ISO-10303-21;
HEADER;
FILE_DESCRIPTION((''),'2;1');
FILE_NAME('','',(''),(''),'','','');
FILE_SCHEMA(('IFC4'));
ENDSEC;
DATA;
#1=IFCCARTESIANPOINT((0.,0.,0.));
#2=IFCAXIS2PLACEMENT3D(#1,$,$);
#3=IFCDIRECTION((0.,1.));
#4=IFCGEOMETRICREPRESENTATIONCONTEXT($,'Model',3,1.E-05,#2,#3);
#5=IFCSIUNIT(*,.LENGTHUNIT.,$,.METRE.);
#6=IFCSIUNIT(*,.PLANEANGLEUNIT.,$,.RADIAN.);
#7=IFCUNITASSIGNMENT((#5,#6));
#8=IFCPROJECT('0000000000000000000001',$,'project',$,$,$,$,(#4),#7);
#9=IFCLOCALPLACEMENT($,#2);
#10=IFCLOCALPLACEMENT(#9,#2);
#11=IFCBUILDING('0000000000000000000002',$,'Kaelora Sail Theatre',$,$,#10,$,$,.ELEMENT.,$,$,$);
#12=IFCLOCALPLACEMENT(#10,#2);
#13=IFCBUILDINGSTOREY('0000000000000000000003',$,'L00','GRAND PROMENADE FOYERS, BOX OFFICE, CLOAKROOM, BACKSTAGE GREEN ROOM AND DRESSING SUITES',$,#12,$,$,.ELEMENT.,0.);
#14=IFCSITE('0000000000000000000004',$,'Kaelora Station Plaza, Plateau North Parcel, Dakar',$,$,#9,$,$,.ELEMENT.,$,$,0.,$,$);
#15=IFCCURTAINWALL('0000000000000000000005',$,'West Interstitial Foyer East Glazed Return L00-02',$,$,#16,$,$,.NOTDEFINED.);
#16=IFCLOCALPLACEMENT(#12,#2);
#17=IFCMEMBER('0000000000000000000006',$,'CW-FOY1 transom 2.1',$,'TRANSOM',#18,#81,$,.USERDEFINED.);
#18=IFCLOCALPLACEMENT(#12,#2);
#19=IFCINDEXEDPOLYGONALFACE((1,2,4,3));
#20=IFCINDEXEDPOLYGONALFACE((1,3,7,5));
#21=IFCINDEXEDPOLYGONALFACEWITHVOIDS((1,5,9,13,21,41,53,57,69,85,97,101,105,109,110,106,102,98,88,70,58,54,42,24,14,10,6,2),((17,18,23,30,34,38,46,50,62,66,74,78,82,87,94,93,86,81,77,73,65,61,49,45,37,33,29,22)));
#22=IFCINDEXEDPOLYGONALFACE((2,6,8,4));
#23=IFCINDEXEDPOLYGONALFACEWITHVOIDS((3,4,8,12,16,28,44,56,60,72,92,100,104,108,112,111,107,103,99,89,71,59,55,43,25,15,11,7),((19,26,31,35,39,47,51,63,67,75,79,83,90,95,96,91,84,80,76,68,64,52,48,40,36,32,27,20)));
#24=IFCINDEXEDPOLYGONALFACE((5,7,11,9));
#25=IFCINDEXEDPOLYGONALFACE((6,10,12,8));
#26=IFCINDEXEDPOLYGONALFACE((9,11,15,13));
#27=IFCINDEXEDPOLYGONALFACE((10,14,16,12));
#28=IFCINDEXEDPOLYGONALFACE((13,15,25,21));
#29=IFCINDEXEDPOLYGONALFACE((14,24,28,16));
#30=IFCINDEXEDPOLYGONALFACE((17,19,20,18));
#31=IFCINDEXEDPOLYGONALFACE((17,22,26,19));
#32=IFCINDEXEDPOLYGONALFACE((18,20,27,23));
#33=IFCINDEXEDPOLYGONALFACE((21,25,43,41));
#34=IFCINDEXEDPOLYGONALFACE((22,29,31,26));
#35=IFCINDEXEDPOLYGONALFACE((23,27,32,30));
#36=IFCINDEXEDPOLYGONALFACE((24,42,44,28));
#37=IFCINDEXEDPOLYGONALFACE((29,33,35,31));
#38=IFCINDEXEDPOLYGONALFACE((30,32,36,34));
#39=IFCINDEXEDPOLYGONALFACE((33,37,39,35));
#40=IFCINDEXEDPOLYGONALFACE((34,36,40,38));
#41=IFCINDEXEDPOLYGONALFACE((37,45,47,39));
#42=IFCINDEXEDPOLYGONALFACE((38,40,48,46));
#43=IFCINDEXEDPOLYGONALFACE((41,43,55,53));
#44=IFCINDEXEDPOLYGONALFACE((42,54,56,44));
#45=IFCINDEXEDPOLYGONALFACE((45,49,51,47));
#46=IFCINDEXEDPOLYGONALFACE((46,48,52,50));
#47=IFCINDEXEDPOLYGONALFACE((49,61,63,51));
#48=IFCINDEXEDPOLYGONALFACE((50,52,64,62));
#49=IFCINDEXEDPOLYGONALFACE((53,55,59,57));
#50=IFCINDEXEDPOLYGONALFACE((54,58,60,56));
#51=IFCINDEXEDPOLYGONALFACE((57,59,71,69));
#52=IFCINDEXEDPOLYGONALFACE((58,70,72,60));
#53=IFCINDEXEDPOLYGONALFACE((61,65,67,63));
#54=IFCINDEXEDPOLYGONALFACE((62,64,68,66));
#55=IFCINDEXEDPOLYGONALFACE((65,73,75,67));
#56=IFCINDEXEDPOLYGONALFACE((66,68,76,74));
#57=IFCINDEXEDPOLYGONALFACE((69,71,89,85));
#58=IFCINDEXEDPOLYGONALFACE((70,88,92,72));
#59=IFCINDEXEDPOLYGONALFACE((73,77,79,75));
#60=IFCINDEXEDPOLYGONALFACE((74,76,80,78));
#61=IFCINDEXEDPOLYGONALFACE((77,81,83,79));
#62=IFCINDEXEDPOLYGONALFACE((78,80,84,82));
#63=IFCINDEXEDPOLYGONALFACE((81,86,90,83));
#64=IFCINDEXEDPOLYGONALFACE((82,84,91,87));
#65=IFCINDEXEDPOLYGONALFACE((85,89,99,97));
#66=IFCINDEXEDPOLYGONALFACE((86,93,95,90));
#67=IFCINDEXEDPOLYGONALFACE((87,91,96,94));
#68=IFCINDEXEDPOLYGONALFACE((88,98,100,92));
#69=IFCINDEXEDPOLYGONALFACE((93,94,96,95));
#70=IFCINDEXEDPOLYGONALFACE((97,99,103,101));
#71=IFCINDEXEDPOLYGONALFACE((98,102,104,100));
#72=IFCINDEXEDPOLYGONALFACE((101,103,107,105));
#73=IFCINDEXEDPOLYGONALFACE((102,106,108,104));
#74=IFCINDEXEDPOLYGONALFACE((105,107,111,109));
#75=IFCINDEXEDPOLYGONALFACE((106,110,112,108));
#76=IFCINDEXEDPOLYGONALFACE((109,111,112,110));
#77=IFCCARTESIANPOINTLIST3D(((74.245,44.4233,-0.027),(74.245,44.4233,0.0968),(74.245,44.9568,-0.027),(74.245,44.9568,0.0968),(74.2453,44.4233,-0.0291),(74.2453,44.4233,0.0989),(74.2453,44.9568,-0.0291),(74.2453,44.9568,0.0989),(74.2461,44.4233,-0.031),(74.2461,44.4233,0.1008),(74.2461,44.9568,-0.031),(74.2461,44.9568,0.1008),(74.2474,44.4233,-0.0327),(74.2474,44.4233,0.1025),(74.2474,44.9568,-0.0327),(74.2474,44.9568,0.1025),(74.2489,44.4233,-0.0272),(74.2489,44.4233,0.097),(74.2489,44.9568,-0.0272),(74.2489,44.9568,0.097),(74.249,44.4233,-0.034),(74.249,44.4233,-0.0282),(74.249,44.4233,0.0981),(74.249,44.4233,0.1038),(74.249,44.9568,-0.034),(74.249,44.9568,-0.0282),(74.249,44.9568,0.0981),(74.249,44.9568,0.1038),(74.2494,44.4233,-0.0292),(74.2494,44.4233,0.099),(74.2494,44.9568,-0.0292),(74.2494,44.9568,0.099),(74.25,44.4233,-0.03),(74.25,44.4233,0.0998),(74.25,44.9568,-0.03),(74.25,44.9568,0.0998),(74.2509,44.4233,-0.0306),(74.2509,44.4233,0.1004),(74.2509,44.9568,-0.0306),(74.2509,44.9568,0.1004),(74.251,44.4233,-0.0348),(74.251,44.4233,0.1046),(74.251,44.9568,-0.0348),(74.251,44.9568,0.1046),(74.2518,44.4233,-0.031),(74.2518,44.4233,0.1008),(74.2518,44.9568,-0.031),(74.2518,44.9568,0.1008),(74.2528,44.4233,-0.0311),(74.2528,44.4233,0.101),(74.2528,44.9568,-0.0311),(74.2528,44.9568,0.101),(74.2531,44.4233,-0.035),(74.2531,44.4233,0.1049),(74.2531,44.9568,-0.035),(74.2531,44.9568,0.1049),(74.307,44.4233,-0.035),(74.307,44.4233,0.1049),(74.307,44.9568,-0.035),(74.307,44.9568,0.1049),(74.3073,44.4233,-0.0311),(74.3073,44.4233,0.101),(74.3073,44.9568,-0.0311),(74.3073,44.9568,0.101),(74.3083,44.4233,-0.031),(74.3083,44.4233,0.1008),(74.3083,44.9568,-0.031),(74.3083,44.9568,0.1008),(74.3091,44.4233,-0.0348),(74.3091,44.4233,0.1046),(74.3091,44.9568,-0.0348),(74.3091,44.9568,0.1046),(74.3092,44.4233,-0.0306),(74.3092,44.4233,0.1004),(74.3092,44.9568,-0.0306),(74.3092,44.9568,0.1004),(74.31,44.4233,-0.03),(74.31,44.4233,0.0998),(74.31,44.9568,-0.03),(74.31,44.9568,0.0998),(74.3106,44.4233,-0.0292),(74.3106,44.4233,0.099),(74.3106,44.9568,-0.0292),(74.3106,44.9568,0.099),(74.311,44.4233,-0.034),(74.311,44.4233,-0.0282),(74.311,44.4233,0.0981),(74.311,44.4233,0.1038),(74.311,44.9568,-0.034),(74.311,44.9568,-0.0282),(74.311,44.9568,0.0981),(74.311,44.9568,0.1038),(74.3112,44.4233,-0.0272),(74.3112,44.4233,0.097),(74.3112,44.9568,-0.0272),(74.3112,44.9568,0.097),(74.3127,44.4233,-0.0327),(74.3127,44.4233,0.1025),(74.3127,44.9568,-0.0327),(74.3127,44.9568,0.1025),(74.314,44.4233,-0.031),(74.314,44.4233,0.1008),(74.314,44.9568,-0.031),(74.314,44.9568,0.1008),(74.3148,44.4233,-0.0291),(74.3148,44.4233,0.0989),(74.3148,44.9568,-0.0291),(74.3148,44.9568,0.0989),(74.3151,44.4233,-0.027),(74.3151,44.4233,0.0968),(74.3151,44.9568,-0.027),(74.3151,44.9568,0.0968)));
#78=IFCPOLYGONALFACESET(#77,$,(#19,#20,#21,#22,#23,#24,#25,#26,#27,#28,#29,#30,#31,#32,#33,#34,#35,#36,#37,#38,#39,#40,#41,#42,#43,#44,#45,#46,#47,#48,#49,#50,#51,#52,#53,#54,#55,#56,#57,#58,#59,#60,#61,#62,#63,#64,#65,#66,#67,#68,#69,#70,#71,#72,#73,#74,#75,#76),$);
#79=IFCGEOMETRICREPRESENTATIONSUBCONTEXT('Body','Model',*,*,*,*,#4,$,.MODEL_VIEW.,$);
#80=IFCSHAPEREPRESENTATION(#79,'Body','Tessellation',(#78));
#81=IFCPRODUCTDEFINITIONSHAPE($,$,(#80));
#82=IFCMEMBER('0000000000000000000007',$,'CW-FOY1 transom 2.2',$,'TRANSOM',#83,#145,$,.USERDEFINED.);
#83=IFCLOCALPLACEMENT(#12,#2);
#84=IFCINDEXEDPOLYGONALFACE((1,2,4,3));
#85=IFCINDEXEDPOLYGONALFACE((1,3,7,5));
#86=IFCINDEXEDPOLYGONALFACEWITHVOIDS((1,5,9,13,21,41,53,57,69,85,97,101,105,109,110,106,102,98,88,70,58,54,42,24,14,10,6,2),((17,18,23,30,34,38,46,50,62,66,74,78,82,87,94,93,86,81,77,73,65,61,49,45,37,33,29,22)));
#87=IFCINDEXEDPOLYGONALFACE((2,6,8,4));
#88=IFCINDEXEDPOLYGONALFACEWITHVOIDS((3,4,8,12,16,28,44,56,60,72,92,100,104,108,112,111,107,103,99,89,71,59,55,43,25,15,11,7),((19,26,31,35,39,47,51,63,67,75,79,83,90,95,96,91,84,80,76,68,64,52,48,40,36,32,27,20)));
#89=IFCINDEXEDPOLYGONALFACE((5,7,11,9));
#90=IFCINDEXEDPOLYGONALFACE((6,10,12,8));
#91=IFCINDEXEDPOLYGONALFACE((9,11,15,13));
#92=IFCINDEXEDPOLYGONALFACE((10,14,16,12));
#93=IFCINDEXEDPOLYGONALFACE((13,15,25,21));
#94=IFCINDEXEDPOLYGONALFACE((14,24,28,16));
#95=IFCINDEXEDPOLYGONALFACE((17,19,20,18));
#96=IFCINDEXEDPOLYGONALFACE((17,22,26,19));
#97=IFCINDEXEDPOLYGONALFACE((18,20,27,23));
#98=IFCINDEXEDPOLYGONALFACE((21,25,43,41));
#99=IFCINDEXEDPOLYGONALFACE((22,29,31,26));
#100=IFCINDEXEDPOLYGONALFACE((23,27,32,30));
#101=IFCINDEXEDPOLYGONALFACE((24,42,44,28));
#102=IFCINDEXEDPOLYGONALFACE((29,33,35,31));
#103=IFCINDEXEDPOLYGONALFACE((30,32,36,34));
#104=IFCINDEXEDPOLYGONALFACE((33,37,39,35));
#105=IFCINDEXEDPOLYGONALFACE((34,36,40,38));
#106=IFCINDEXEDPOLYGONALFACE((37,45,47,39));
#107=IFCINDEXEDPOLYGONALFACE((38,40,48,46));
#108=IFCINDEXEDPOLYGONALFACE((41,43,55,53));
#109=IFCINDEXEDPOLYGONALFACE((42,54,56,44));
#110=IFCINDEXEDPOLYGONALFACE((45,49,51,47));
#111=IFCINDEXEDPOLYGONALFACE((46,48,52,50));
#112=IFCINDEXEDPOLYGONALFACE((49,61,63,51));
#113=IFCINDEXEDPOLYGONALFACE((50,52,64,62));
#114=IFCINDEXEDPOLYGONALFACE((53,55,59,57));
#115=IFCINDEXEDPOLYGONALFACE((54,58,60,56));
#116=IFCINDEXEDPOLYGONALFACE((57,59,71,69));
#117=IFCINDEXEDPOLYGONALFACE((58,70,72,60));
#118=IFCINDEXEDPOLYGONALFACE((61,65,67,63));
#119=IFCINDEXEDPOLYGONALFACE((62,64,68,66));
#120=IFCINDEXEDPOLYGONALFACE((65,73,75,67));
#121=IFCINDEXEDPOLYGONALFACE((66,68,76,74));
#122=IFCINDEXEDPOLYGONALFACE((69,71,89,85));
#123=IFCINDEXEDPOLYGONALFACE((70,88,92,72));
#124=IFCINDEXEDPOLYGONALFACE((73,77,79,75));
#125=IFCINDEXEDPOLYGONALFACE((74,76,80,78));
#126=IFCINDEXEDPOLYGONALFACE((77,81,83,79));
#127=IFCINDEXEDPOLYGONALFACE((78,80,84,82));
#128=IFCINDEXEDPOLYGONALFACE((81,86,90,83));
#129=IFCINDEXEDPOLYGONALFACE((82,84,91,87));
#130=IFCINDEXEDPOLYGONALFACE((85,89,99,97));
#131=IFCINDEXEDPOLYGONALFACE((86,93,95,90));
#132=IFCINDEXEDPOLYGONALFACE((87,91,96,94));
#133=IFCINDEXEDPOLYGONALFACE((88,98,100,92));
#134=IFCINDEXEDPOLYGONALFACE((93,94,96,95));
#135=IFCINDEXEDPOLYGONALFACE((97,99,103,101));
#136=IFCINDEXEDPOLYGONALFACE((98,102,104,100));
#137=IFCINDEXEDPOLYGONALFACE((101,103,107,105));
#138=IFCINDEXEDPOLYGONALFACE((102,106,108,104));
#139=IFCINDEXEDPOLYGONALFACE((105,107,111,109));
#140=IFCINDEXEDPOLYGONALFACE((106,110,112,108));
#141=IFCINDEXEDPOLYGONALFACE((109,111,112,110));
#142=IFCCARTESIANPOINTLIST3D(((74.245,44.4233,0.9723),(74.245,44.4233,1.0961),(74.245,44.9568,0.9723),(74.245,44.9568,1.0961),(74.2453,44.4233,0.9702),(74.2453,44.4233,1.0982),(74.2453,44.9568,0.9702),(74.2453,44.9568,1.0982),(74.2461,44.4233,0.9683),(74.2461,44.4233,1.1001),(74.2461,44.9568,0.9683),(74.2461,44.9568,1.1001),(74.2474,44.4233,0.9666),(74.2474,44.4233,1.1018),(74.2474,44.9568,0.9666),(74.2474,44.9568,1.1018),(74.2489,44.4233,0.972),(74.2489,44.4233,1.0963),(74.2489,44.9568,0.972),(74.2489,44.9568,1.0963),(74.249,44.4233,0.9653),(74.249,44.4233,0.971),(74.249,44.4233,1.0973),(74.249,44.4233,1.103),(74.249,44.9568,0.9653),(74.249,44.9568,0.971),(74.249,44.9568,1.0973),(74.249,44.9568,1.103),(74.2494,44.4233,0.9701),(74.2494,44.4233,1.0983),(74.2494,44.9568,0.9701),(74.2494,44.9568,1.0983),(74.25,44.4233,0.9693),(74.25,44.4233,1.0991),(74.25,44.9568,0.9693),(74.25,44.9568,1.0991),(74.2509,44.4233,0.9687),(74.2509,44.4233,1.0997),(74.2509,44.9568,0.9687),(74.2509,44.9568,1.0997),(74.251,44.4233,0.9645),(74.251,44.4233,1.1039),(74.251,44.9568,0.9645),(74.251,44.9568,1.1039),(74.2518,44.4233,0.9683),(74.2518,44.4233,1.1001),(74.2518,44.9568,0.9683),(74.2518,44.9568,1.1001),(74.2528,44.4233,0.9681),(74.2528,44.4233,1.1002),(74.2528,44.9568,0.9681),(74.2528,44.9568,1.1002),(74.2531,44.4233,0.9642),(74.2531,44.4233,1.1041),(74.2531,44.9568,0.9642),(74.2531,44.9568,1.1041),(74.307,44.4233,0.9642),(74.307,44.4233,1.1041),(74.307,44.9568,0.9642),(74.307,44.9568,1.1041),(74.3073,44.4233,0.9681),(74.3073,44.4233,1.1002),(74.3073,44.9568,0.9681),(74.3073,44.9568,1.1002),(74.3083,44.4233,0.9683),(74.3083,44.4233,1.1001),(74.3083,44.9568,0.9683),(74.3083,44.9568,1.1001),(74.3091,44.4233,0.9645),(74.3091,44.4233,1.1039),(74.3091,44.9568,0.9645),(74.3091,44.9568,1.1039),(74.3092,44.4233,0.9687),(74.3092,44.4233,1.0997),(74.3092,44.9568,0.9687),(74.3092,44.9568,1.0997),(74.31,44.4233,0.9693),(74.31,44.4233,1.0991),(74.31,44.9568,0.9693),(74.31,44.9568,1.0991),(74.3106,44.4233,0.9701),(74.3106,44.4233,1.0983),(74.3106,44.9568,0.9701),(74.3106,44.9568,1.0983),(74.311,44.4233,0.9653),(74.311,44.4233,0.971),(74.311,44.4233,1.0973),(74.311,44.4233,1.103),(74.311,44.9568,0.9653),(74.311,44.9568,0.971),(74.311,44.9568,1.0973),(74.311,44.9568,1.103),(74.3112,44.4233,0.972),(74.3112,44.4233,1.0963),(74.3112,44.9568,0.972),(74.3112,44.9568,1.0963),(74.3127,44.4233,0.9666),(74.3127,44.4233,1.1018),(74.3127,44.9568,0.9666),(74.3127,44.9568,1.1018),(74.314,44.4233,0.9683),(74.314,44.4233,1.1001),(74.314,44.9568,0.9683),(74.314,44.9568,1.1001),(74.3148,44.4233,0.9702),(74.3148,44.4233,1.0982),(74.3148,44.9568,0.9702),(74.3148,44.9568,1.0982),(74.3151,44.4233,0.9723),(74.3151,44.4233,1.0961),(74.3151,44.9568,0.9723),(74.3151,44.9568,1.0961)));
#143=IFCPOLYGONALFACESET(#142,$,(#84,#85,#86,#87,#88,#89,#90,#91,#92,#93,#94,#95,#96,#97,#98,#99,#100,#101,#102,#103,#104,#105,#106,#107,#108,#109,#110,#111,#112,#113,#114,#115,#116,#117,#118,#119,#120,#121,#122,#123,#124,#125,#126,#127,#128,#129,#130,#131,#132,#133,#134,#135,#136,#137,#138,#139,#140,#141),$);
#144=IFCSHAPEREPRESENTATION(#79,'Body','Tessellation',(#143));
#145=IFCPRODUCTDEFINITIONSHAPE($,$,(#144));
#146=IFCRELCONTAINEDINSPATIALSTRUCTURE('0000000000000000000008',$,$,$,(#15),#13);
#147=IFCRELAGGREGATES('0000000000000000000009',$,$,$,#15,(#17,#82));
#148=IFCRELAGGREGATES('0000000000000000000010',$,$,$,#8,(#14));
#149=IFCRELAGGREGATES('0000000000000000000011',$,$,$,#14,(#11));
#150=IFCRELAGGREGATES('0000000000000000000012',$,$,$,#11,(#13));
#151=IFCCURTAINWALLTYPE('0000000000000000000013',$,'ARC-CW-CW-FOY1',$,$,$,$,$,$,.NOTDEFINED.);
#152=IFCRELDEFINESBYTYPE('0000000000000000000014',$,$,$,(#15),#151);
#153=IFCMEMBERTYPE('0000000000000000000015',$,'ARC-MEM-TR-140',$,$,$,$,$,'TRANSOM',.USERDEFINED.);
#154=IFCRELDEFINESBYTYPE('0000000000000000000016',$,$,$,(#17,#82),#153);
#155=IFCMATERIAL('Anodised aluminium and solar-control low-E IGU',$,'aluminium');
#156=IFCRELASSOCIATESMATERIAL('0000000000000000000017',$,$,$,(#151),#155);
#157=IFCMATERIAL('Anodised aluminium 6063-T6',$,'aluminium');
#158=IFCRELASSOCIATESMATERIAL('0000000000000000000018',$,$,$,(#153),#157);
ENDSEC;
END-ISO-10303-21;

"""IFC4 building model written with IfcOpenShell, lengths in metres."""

from ifc_helpers import new_model, si_unit, direction, frame, origin, origin_2d, place, context, subcontext, project, spatial, hollow_rectangle, extrude, material, material_profile, profile_set, type_object, element, aggregate, save


model = new_model("IFC4")

# Units and contexts
model_context = context("Model", 3, precision=1e-05, world=origin(), true_north=direction((0.0, 1.0)))
body_context = subcontext(model_context, "Body", "Model", "MODEL_VIEW")
ifc_project = project(units=[si_unit("LENGTHUNIT", "METRE"), si_unit("PLANEANGLEUNIT", "RADIAN")], contexts=[model_context])

# Site, building, storey
site_placement = place(None, origin())
site = spatial("IfcSite", under=ifc_project, at=site_placement, Name="Kaelora Station Plaza, Plateau North Parcel, Dakar", CompositionType="ELEMENT", RefElevation=0.0)
building_placement = place(site_placement, origin())
building = spatial("IfcBuilding", under=site, at=building_placement, Name="Kaelora Sail Theatre", CompositionType="ELEMENT")
storey_placement = place(building_placement, origin())
storey = spatial("IfcBuildingStorey", under=building, at=storey_placement, Name="L00", Description="GRAND PROMENADE FOYERS, BOX OFFICE, CLOAKROOM, BACKSTAGE GREEN ROOM AND DRESSING SUITES", CompositionType="ELEMENT", Elevation=0.0)

# Curtain wall
ifc_material_1 = material(Name="Anodised aluminium and solar-control low-E IGU", Category="aluminium")
curtain_wall_type = type_object("IfcCurtainWallType", Name="ARC-CW-CW-FOY1", PredefinedType="NOTDEFINED", material=ifc_material_1)
curtain_wall_1_placement = place(storey_placement, origin())
curtain_wall_1 = element("IfcCurtainWall", 1, at=curtain_wall_1_placement, inside=storey, type_object=curtain_wall_type, Name="West Interstitial Foyer East Glazed Return L00-02", PredefinedType="NOTDEFINED")

# Members
ifc_material_2 = material(Name="Anodised aluminium 6063-T6", Category="aluminium")
ifc_material_profile_1 = material_profile(ifc_material_2, hollow_rectangle(XDim=0.0701, YDim=0.1399, WallThickness=0.0039, InnerFilletRadius=0.0039, OuterFilletRadius=0.0081, at=origin_2d()), Name="ALU-TRAN 70x140x4")
ifc_profile_set_1 = profile_set([ifc_material_profile_1], Name="Anodised aluminium 6063-T6")
member_type_1 = type_object("IfcMemberType", Name="ARC-MEM-TR-140", ElementType="TRANSOM", PredefinedType="USERDEFINED", material=ifc_profile_set_1)
member_1_placement = place(storey_placement, frame((74.28, 44.4233, 0.0349), z_axis=(0.0, 1.0, 0.0), x_axis=(-1.0, 0.0, 0.0)))
member_1 = element("IfcMember", 2, at=member_1_placement, type_object=member_type_1, Name="CW-FOY1 transom 2.1", ObjectType="TRANSOM", PredefinedType="USERDEFINED", context=body_context, shape_type="SweptSolid", body=[
    extrude(hollow_rectangle(XDim=0.0701, YDim=0.1399, WallThickness=0.0039, InnerFilletRadius=0.0039, OuterFilletRadius=0.0081, at=origin_2d()), origin(), (0.0, 0.0, 1.0), 0.5334),
])
member_2_placement = place(storey_placement, frame((74.28, 44.4233, 1.0342), z_axis=(0.0, 1.0, 0.0), x_axis=(-1.0, 0.0, 0.0)))
member_2 = element("IfcMember", 3, at=member_2_placement, type_object=member_type_1, Name="CW-FOY1 transom 2.2", ObjectType="TRANSOM", PredefinedType="USERDEFINED", context=body_context, shape_type="SweptSolid", body=[
    extrude(hollow_rectangle(XDim=0.0701, YDim=0.1399, WallThickness=0.0039, InnerFilletRadius=0.0039, OuterFilletRadius=0.0081, at=origin_2d()), origin(), (0.0, 0.0, 1.0), 0.5334),
])

aggregate(curtain_wall_1, [member_1, member_2])

save(model, "model.ifc")
